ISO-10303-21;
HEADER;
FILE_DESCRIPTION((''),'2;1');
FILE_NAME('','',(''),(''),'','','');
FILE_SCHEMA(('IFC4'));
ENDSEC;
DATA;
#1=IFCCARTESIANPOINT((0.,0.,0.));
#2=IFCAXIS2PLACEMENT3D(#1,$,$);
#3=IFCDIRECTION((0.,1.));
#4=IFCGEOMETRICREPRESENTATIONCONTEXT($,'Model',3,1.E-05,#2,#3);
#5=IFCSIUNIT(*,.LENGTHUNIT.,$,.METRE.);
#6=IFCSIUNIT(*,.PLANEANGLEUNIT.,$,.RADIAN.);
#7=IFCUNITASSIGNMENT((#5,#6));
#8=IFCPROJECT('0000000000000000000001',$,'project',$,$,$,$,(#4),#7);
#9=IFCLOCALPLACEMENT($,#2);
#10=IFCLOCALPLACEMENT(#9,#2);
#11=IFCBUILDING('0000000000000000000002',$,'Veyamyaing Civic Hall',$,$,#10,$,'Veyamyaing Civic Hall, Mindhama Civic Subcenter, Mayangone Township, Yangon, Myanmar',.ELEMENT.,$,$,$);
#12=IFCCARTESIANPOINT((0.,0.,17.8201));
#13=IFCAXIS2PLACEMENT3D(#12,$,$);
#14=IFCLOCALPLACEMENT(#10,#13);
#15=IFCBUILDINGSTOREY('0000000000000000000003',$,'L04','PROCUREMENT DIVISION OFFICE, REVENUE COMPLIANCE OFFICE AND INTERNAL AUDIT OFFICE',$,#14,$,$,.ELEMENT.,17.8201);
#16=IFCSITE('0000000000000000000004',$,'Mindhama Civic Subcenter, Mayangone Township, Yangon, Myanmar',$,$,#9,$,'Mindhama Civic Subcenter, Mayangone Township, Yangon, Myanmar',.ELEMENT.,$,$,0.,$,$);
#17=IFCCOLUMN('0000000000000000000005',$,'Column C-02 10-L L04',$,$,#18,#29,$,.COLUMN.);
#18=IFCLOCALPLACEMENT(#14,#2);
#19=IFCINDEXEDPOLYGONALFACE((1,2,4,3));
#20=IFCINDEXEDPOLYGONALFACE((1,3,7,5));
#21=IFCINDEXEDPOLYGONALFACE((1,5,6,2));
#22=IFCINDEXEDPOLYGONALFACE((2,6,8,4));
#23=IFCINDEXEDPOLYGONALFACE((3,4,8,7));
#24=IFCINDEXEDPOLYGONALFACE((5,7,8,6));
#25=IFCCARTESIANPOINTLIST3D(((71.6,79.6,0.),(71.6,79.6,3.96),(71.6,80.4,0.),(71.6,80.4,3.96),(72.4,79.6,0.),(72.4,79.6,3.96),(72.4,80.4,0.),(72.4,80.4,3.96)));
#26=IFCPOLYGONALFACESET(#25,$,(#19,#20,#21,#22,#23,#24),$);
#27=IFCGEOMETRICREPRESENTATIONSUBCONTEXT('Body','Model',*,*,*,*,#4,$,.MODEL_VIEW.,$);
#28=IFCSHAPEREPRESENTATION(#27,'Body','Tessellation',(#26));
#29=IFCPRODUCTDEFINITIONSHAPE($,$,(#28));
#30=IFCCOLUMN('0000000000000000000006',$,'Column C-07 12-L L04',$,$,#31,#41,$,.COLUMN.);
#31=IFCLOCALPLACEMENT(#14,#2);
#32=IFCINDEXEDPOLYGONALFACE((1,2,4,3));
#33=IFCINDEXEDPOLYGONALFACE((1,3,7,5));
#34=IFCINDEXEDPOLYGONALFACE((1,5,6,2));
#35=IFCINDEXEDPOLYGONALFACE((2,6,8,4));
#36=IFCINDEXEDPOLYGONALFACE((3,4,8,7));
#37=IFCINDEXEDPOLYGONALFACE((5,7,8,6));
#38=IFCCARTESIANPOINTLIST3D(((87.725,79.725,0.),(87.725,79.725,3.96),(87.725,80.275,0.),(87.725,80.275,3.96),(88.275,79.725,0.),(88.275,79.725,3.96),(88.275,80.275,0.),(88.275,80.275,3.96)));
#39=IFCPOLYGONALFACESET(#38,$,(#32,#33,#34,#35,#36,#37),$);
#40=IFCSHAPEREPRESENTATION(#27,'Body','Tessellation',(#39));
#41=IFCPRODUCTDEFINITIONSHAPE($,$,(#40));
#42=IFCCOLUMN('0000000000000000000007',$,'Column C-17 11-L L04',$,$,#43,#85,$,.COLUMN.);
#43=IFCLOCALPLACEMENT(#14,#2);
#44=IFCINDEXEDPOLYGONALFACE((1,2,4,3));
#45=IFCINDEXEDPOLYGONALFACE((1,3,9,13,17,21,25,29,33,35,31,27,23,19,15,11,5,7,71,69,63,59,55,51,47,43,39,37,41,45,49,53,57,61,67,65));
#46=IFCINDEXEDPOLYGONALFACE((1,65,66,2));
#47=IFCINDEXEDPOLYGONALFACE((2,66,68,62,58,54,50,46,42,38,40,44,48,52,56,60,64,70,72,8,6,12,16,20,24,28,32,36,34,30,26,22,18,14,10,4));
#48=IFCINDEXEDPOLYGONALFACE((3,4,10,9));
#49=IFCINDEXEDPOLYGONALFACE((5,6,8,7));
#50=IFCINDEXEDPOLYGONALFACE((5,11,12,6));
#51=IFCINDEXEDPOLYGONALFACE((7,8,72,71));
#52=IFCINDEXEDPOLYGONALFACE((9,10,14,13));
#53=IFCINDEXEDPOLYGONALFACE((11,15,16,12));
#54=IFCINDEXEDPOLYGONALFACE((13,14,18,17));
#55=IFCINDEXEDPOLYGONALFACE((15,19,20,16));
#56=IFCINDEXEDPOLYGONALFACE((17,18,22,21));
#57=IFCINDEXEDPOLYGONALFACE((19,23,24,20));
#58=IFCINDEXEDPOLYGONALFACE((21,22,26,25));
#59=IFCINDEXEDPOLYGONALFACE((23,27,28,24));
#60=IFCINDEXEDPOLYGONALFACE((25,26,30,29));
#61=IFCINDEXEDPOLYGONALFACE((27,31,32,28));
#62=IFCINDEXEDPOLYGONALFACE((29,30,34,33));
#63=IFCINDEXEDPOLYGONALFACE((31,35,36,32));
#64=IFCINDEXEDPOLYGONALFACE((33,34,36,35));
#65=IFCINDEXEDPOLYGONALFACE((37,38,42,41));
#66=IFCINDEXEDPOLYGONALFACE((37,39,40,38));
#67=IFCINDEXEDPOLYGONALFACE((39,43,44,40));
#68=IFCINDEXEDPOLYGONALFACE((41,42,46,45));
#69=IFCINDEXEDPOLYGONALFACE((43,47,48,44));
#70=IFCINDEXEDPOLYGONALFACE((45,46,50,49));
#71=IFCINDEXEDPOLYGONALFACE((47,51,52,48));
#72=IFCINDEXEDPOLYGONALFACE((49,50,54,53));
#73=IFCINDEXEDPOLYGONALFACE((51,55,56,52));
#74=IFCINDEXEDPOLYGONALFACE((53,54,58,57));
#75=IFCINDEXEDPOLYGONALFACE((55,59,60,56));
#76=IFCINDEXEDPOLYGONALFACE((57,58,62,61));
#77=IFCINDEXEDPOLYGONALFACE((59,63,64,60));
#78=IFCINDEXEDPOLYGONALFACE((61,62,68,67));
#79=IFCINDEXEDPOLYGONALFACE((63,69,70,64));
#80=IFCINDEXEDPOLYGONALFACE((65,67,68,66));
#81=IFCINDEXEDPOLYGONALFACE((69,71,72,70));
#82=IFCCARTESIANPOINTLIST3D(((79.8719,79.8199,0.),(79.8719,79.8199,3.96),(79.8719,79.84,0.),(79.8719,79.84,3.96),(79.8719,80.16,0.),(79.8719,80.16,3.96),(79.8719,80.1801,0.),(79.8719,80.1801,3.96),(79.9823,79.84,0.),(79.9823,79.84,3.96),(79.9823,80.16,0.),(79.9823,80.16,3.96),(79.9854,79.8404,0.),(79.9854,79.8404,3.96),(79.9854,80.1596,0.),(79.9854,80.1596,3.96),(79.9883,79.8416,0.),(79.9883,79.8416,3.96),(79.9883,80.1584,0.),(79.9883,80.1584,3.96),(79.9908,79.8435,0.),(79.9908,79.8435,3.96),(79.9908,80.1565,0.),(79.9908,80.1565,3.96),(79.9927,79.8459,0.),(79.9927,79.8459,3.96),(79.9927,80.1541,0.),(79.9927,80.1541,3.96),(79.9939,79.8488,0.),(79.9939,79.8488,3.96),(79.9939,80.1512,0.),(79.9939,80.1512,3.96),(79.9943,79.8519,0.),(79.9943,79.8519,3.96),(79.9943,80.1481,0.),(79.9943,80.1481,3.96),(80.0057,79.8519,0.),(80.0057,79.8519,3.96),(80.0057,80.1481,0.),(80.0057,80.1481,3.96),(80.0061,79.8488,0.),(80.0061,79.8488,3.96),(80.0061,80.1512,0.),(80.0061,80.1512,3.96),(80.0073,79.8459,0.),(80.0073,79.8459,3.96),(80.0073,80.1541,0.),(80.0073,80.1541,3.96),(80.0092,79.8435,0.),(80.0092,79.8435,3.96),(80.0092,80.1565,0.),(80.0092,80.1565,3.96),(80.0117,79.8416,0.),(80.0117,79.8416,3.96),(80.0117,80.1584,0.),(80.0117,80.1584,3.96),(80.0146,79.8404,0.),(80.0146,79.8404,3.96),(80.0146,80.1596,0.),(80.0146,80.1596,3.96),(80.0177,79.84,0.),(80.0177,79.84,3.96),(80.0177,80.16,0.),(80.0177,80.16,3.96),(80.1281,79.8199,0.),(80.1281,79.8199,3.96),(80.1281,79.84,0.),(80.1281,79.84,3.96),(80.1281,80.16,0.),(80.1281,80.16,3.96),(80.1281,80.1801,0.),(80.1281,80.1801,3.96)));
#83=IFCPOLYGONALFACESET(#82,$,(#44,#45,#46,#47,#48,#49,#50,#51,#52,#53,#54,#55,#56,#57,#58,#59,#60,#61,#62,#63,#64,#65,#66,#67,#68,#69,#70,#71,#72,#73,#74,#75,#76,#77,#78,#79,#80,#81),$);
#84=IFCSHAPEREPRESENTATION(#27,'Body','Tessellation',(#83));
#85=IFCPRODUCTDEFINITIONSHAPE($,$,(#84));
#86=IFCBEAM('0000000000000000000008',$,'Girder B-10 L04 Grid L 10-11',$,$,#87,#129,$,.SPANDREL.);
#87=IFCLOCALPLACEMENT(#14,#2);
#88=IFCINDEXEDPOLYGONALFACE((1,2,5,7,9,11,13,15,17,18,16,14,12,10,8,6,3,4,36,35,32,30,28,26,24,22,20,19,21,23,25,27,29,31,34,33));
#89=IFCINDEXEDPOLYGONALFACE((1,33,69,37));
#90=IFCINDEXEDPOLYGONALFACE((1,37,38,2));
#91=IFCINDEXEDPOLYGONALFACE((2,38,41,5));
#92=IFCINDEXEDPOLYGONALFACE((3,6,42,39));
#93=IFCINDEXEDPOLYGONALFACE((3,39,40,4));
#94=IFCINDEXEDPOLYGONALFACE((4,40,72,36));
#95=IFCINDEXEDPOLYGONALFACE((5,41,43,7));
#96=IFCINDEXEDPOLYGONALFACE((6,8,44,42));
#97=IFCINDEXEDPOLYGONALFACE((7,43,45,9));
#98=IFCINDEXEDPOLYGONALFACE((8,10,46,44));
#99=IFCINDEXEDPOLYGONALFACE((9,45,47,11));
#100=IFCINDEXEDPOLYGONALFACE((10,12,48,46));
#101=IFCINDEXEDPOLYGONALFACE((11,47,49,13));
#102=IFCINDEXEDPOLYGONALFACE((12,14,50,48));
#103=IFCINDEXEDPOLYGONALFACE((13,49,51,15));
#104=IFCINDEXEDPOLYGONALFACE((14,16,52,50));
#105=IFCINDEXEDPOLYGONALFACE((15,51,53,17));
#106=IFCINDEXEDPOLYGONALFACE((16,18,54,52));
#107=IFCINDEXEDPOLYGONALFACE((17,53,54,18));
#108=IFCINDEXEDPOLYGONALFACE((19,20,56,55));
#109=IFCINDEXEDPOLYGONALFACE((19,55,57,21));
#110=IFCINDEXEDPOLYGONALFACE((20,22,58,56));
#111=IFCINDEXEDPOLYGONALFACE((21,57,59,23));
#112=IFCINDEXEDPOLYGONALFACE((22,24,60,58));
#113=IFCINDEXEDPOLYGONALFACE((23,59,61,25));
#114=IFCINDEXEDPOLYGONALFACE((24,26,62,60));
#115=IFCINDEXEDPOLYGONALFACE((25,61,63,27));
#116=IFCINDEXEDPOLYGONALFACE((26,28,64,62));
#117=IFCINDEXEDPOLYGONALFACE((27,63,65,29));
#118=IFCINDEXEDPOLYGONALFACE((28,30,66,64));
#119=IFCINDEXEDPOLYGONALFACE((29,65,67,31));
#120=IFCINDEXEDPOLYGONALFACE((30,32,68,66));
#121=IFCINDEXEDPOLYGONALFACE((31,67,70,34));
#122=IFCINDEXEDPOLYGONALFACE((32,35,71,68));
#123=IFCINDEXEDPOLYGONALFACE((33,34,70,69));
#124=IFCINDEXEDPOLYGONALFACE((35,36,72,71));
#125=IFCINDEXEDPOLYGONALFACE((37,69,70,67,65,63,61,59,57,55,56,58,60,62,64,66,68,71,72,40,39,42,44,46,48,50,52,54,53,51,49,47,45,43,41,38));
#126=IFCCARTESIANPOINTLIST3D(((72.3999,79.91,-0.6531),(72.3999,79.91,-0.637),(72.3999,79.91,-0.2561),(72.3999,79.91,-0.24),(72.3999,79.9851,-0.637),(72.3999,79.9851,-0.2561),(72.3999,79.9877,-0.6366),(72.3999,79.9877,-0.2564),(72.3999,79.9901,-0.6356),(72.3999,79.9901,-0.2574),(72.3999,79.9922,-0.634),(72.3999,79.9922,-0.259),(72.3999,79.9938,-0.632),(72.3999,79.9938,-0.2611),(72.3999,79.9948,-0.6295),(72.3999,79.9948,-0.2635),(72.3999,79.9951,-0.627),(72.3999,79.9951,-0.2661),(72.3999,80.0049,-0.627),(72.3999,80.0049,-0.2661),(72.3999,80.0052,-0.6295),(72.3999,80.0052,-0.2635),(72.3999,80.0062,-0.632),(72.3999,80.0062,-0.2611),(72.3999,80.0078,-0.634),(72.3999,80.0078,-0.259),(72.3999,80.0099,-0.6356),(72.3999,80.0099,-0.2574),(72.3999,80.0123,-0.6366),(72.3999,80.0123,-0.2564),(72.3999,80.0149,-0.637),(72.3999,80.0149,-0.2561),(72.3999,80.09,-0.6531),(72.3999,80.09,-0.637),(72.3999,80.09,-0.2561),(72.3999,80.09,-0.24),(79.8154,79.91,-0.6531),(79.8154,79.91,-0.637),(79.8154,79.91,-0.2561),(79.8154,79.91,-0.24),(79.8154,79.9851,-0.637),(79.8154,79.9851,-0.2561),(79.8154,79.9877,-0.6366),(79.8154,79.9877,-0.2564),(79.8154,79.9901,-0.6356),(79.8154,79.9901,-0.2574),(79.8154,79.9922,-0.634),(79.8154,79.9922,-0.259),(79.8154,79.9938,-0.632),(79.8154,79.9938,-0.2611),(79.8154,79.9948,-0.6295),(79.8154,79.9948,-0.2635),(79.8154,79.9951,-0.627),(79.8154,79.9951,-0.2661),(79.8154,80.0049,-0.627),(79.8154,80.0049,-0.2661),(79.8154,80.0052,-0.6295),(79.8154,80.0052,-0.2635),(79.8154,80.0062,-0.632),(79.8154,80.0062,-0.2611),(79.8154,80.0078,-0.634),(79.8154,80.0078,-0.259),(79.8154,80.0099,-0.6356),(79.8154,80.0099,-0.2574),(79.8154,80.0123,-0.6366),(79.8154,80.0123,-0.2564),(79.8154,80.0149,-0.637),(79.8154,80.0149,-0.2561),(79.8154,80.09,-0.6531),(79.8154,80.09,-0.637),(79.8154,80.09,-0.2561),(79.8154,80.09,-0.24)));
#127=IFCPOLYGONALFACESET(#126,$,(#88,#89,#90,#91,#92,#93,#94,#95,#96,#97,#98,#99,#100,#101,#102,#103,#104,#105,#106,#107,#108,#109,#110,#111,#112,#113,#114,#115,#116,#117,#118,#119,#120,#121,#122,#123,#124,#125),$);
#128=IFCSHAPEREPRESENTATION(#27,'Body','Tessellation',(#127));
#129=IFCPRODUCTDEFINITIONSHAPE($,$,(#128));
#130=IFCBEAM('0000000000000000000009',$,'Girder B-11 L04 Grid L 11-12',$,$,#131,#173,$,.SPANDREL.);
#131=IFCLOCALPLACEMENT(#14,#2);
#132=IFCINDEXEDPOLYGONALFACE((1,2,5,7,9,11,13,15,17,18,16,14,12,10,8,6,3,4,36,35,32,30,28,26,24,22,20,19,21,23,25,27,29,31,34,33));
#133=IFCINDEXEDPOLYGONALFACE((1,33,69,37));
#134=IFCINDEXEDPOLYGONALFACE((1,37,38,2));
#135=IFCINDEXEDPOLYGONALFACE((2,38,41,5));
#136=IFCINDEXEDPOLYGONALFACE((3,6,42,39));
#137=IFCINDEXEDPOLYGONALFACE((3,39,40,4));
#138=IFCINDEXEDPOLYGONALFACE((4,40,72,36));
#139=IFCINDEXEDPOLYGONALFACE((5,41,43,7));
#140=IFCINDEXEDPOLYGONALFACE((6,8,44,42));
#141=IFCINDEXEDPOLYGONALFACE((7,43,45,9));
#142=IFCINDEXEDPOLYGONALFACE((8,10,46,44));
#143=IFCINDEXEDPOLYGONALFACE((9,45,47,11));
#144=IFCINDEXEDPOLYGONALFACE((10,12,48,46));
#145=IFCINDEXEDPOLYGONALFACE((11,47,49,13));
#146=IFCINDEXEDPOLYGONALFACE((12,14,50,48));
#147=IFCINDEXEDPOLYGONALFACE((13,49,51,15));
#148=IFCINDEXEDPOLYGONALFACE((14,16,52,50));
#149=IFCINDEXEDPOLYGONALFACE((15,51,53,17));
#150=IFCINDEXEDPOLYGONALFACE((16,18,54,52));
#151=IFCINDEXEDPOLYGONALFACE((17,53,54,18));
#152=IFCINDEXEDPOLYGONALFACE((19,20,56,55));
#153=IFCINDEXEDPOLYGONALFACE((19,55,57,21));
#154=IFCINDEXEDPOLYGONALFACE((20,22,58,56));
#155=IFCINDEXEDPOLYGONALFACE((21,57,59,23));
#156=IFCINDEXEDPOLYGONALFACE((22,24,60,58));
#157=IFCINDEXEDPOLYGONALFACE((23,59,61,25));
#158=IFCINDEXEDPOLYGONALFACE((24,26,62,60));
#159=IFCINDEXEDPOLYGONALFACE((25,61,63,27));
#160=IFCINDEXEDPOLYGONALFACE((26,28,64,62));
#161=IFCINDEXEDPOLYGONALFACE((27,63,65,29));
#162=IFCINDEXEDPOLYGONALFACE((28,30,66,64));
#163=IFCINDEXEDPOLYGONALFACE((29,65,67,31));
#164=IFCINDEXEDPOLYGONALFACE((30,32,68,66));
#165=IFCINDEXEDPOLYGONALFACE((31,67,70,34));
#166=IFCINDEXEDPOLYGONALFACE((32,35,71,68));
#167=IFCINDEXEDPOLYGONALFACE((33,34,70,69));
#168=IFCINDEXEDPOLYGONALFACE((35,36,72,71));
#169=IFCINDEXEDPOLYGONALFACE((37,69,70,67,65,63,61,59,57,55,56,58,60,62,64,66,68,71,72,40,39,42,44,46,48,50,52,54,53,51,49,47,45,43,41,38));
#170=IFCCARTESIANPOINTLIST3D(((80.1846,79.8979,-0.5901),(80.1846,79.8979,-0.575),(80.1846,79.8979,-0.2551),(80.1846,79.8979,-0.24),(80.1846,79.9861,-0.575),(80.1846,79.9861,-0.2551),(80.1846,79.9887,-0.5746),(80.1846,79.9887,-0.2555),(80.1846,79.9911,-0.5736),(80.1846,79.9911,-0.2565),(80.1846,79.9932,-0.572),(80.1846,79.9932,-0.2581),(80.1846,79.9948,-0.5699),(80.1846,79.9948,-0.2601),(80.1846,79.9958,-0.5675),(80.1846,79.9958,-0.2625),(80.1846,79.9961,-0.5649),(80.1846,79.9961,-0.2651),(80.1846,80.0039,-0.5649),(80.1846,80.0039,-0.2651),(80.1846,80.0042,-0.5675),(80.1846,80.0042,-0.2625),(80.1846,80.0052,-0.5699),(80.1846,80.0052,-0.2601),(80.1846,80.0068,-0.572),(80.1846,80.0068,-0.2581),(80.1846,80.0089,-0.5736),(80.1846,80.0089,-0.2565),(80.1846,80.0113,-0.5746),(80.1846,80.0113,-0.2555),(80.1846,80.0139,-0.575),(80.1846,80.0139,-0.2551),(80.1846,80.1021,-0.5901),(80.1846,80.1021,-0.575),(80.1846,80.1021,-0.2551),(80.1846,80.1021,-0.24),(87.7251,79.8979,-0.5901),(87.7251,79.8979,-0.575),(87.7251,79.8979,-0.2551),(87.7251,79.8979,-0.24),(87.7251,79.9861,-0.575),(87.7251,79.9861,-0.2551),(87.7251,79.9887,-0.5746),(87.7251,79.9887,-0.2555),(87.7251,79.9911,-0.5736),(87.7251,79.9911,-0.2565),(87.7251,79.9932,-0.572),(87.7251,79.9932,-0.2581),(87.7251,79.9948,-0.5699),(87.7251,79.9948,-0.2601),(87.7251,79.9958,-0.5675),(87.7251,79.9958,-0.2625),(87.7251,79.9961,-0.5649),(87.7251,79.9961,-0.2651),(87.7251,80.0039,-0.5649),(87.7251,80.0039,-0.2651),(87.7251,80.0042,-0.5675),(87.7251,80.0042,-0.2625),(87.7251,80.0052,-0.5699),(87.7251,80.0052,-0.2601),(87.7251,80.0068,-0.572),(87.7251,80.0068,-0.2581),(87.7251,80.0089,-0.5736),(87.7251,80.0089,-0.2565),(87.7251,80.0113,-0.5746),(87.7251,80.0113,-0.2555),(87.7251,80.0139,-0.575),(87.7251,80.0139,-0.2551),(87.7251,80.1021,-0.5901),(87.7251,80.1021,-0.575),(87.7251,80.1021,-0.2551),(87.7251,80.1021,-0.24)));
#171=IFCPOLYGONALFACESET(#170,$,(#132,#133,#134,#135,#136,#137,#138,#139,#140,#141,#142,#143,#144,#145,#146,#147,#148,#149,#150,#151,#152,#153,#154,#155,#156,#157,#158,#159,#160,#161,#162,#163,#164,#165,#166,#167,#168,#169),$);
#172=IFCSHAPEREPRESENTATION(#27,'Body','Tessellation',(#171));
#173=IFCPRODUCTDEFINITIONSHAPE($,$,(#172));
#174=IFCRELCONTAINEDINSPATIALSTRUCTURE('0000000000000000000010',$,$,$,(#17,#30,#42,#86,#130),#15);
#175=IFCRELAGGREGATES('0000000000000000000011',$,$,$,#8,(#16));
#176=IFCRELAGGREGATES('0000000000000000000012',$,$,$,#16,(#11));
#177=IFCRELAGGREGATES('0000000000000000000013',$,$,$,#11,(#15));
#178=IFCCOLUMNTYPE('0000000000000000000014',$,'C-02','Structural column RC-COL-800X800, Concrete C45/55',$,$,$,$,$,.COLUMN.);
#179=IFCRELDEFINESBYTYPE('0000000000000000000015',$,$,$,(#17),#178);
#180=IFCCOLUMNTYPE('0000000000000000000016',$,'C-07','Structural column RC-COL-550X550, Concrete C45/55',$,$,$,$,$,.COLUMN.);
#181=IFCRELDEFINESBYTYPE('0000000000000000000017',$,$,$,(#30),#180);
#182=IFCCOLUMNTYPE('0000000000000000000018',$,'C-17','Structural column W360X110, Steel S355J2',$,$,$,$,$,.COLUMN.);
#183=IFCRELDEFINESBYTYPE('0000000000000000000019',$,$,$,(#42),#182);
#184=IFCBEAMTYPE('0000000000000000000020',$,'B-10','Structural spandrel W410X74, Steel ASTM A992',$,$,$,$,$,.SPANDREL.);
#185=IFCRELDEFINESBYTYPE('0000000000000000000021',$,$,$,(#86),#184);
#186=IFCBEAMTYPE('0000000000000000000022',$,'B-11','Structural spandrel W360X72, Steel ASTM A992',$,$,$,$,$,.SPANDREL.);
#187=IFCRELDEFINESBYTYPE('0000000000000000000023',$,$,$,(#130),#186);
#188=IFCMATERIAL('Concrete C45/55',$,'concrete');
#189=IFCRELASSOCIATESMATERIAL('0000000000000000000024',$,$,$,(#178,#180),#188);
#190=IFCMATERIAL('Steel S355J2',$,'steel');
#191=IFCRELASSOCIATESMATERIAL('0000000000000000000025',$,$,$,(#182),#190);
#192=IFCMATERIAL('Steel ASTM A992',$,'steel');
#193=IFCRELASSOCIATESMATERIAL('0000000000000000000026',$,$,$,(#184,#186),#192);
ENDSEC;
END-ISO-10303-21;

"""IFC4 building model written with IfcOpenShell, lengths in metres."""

from ifc_helpers import new_model, si_unit, direction, frame, origin, origin_2d, place, context, subcontext, project, spatial, rectangle, i_section, extrude, material, material_profile, profile_set, type_object, element, save


model = new_model("IFC4")

# Units and contexts
model_context = context("Model", 3, precision=1e-05, world=origin(), true_north=direction((0.0, 1.0)))
body_context = subcontext(model_context, "Body", "Model", "MODEL_VIEW")
ifc_project = project(units=[si_unit("LENGTHUNIT", "METRE"), si_unit("PLANEANGLEUNIT", "RADIAN")], contexts=[model_context])

# Site, building, storey
site_placement = place(None, origin())
site = spatial("IfcSite", under=ifc_project, at=site_placement, Name="Mindhama Civic Subcenter, Mayangone Township, Yangon, Myanmar", LongName="Mindhama Civic Subcenter, Mayangone Township, Yangon, Myanmar", CompositionType="ELEMENT", RefElevation=0.0)
building_placement = place(site_placement, origin())
building = spatial("IfcBuilding", under=site, at=building_placement, Name="Veyamyaing Civic Hall", LongName="Veyamyaing Civic Hall, Mindhama Civic Subcenter, Mayangone Township, Yangon, Myanmar", CompositionType="ELEMENT")
storey_placement = place(building_placement, frame((0.0, 0.0, 17.8201)))
storey = spatial("IfcBuildingStorey", under=building, at=storey_placement, Name="L04", Description="PROCUREMENT DIVISION OFFICE, REVENUE COMPLIANCE OFFICE AND INTERNAL AUDIT OFFICE", CompositionType="ELEMENT", Elevation=17.8201)

# Columns
ifc_material_1 = material(Name="Concrete C45/55", Category="concrete")
ifc_material_profile_1 = material_profile(ifc_material_1, rectangle(XDim=0.8, YDim=0.8, at=origin_2d()), Name="RC-COL-800X800")
ifc_profile_set_1 = profile_set([ifc_material_profile_1], Name="Concrete C45/55")
column_type_1 = type_object("IfcColumnType", Name="C-02", Description="Structural column RC-COL-800X800, Concrete C45/55", PredefinedType="COLUMN", material=ifc_profile_set_1)
column_1_placement = place(storey_placement, frame((72.0, 80.0, 0.0), z_axis=(0.0, 0.0, 1.0), x_axis=(1.0, 0.0, 0.0)))
element("IfcColumn", 1, at=column_1_placement, inside=storey, type_object=column_type_1, Name="Column C-02 10-L L04", PredefinedType="COLUMN", context=body_context, shape_type="SweptSolid", body=[
    extrude(rectangle(XDim=0.8, YDim=0.8, at=origin_2d()), origin(), (0.0, 0.0, 1.0), 3.96),
])
ifc_material_profile_2 = material_profile(ifc_material_1, rectangle(XDim=0.55, YDim=0.55, at=origin_2d()), Name="RC-COL-550X550")
ifc_profile_set_2 = profile_set([ifc_material_profile_2], Name="Concrete C45/55")
column_type_2 = type_object("IfcColumnType", Name="C-07", Description="Structural column RC-COL-550X550, Concrete C45/55", PredefinedType="COLUMN", material=ifc_profile_set_2)
column_2_placement = place(storey_placement, frame((88.0, 80.0, 0.0), z_axis=(0.0, 0.0, 1.0), x_axis=(1.0, 0.0, 0.0)))
element("IfcColumn", 2, at=column_2_placement, inside=storey, type_object=column_type_2, Name="Column C-07 12-L L04", PredefinedType="COLUMN", context=body_context, shape_type="SweptSolid", body=[
    extrude(rectangle(XDim=0.55, YDim=0.55, at=origin_2d()), origin(), (0.0, 0.0, 1.0), 3.96),
])
ifc_material_2 = material(Name="Steel S355J2", Category="steel")
ifc_material_profile_3 = material_profile(ifc_material_2, i_section(OverallWidth=0.2561, OverallDepth=0.3601, WebThickness=0.0115, FlangeThickness=0.02, FilletRadius=0.012, at=origin_2d()), Name="W360X110")
ifc_profile_set_3 = profile_set([ifc_material_profile_3], Name="Steel S355J2")
column_type_3 = type_object("IfcColumnType", Name="C-17", Description="Structural column W360X110, Steel S355J2", PredefinedType="COLUMN", material=ifc_profile_set_3)
column_3_placement = place(storey_placement, frame((80.0, 80.0, 0.0), z_axis=(0.0, 0.0, 1.0), x_axis=(1.0, 0.0, 0.0)))
element("IfcColumn", 3, at=column_3_placement, inside=storey, type_object=column_type_3, Name="Column C-17 11-L L04", PredefinedType="COLUMN", context=body_context, shape_type="SweptSolid", body=[
    extrude(i_section(OverallWidth=0.2561, OverallDepth=0.3601, WebThickness=0.0115, FlangeThickness=0.02, FilletRadius=0.012, at=origin_2d()), origin(), (0.0, 0.0, 1.0), 3.96),
])

# Beams
ifc_material_3 = material(Name="Steel ASTM A992", Category="steel")
ifc_material_profile_4 = material_profile(ifc_material_3, i_section(OverallWidth=0.1799, OverallDepth=0.4131, WebThickness=0.0098, FlangeThickness=0.0161, FilletRadius=0.01, at=origin_2d()), Name="W410X74")
ifc_profile_set_4 = profile_set([ifc_material_profile_4], Name="Steel ASTM A992")
beam_type_1 = type_object("IfcBeamType", Name="B-10", Description="Structural spandrel W410X74, Steel ASTM A992", PredefinedType="SPANDREL", material=ifc_profile_set_4)
beam_1_placement = place(storey_placement, frame((72.3999, 80.0, -0.4465), z_axis=(1.0, 0.0, 0.0), x_axis=(0.0, 1.0, 0.0)))
element("IfcBeam", 4, at=beam_1_placement, inside=storey, type_object=beam_type_1, Name="Girder B-10 L04 Grid L 10-11", PredefinedType="SPANDREL", context=body_context, shape_type="SweptSolid", body=[
    extrude(i_section(OverallWidth=0.1799, OverallDepth=0.4131, WebThickness=0.0098, FlangeThickness=0.0161, FilletRadius=0.01, at=origin_2d()), origin(), (0.0, 0.0, 1.0), 7.4155),
])
ifc_material_profile_5 = material_profile(ifc_material_3, i_section(OverallWidth=0.2041, OverallDepth=0.3501, WebThickness=0.0078, FlangeThickness=0.0151, FilletRadius=0.01, at=origin_2d()), Name="W360X72")
ifc_profile_set_5 = profile_set([ifc_material_profile_5], Name="Steel ASTM A992")
beam_type_2 = type_object("IfcBeamType", Name="B-11", Description="Structural spandrel W360X72, Steel ASTM A992", PredefinedType="SPANDREL", material=ifc_profile_set_5)
beam_2_placement = place(storey_placement, frame((80.1846, 80.0, -0.415), z_axis=(1.0, 0.0, 0.0), x_axis=(0.0, 1.0, 0.0)))
element("IfcBeam", 5, at=beam_2_placement, inside=storey, type_object=beam_type_2, Name="Girder B-11 L04 Grid L 11-12", PredefinedType="SPANDREL", context=body_context, shape_type="SweptSolid", body=[
    extrude(i_section(OverallWidth=0.2041, OverallDepth=0.3501, WebThickness=0.0078, FlangeThickness=0.0151, FilletRadius=0.01, at=origin_2d()), origin(), (0.0, 0.0, 1.0), 7.5405),
])

save(model, "model.ifc")
